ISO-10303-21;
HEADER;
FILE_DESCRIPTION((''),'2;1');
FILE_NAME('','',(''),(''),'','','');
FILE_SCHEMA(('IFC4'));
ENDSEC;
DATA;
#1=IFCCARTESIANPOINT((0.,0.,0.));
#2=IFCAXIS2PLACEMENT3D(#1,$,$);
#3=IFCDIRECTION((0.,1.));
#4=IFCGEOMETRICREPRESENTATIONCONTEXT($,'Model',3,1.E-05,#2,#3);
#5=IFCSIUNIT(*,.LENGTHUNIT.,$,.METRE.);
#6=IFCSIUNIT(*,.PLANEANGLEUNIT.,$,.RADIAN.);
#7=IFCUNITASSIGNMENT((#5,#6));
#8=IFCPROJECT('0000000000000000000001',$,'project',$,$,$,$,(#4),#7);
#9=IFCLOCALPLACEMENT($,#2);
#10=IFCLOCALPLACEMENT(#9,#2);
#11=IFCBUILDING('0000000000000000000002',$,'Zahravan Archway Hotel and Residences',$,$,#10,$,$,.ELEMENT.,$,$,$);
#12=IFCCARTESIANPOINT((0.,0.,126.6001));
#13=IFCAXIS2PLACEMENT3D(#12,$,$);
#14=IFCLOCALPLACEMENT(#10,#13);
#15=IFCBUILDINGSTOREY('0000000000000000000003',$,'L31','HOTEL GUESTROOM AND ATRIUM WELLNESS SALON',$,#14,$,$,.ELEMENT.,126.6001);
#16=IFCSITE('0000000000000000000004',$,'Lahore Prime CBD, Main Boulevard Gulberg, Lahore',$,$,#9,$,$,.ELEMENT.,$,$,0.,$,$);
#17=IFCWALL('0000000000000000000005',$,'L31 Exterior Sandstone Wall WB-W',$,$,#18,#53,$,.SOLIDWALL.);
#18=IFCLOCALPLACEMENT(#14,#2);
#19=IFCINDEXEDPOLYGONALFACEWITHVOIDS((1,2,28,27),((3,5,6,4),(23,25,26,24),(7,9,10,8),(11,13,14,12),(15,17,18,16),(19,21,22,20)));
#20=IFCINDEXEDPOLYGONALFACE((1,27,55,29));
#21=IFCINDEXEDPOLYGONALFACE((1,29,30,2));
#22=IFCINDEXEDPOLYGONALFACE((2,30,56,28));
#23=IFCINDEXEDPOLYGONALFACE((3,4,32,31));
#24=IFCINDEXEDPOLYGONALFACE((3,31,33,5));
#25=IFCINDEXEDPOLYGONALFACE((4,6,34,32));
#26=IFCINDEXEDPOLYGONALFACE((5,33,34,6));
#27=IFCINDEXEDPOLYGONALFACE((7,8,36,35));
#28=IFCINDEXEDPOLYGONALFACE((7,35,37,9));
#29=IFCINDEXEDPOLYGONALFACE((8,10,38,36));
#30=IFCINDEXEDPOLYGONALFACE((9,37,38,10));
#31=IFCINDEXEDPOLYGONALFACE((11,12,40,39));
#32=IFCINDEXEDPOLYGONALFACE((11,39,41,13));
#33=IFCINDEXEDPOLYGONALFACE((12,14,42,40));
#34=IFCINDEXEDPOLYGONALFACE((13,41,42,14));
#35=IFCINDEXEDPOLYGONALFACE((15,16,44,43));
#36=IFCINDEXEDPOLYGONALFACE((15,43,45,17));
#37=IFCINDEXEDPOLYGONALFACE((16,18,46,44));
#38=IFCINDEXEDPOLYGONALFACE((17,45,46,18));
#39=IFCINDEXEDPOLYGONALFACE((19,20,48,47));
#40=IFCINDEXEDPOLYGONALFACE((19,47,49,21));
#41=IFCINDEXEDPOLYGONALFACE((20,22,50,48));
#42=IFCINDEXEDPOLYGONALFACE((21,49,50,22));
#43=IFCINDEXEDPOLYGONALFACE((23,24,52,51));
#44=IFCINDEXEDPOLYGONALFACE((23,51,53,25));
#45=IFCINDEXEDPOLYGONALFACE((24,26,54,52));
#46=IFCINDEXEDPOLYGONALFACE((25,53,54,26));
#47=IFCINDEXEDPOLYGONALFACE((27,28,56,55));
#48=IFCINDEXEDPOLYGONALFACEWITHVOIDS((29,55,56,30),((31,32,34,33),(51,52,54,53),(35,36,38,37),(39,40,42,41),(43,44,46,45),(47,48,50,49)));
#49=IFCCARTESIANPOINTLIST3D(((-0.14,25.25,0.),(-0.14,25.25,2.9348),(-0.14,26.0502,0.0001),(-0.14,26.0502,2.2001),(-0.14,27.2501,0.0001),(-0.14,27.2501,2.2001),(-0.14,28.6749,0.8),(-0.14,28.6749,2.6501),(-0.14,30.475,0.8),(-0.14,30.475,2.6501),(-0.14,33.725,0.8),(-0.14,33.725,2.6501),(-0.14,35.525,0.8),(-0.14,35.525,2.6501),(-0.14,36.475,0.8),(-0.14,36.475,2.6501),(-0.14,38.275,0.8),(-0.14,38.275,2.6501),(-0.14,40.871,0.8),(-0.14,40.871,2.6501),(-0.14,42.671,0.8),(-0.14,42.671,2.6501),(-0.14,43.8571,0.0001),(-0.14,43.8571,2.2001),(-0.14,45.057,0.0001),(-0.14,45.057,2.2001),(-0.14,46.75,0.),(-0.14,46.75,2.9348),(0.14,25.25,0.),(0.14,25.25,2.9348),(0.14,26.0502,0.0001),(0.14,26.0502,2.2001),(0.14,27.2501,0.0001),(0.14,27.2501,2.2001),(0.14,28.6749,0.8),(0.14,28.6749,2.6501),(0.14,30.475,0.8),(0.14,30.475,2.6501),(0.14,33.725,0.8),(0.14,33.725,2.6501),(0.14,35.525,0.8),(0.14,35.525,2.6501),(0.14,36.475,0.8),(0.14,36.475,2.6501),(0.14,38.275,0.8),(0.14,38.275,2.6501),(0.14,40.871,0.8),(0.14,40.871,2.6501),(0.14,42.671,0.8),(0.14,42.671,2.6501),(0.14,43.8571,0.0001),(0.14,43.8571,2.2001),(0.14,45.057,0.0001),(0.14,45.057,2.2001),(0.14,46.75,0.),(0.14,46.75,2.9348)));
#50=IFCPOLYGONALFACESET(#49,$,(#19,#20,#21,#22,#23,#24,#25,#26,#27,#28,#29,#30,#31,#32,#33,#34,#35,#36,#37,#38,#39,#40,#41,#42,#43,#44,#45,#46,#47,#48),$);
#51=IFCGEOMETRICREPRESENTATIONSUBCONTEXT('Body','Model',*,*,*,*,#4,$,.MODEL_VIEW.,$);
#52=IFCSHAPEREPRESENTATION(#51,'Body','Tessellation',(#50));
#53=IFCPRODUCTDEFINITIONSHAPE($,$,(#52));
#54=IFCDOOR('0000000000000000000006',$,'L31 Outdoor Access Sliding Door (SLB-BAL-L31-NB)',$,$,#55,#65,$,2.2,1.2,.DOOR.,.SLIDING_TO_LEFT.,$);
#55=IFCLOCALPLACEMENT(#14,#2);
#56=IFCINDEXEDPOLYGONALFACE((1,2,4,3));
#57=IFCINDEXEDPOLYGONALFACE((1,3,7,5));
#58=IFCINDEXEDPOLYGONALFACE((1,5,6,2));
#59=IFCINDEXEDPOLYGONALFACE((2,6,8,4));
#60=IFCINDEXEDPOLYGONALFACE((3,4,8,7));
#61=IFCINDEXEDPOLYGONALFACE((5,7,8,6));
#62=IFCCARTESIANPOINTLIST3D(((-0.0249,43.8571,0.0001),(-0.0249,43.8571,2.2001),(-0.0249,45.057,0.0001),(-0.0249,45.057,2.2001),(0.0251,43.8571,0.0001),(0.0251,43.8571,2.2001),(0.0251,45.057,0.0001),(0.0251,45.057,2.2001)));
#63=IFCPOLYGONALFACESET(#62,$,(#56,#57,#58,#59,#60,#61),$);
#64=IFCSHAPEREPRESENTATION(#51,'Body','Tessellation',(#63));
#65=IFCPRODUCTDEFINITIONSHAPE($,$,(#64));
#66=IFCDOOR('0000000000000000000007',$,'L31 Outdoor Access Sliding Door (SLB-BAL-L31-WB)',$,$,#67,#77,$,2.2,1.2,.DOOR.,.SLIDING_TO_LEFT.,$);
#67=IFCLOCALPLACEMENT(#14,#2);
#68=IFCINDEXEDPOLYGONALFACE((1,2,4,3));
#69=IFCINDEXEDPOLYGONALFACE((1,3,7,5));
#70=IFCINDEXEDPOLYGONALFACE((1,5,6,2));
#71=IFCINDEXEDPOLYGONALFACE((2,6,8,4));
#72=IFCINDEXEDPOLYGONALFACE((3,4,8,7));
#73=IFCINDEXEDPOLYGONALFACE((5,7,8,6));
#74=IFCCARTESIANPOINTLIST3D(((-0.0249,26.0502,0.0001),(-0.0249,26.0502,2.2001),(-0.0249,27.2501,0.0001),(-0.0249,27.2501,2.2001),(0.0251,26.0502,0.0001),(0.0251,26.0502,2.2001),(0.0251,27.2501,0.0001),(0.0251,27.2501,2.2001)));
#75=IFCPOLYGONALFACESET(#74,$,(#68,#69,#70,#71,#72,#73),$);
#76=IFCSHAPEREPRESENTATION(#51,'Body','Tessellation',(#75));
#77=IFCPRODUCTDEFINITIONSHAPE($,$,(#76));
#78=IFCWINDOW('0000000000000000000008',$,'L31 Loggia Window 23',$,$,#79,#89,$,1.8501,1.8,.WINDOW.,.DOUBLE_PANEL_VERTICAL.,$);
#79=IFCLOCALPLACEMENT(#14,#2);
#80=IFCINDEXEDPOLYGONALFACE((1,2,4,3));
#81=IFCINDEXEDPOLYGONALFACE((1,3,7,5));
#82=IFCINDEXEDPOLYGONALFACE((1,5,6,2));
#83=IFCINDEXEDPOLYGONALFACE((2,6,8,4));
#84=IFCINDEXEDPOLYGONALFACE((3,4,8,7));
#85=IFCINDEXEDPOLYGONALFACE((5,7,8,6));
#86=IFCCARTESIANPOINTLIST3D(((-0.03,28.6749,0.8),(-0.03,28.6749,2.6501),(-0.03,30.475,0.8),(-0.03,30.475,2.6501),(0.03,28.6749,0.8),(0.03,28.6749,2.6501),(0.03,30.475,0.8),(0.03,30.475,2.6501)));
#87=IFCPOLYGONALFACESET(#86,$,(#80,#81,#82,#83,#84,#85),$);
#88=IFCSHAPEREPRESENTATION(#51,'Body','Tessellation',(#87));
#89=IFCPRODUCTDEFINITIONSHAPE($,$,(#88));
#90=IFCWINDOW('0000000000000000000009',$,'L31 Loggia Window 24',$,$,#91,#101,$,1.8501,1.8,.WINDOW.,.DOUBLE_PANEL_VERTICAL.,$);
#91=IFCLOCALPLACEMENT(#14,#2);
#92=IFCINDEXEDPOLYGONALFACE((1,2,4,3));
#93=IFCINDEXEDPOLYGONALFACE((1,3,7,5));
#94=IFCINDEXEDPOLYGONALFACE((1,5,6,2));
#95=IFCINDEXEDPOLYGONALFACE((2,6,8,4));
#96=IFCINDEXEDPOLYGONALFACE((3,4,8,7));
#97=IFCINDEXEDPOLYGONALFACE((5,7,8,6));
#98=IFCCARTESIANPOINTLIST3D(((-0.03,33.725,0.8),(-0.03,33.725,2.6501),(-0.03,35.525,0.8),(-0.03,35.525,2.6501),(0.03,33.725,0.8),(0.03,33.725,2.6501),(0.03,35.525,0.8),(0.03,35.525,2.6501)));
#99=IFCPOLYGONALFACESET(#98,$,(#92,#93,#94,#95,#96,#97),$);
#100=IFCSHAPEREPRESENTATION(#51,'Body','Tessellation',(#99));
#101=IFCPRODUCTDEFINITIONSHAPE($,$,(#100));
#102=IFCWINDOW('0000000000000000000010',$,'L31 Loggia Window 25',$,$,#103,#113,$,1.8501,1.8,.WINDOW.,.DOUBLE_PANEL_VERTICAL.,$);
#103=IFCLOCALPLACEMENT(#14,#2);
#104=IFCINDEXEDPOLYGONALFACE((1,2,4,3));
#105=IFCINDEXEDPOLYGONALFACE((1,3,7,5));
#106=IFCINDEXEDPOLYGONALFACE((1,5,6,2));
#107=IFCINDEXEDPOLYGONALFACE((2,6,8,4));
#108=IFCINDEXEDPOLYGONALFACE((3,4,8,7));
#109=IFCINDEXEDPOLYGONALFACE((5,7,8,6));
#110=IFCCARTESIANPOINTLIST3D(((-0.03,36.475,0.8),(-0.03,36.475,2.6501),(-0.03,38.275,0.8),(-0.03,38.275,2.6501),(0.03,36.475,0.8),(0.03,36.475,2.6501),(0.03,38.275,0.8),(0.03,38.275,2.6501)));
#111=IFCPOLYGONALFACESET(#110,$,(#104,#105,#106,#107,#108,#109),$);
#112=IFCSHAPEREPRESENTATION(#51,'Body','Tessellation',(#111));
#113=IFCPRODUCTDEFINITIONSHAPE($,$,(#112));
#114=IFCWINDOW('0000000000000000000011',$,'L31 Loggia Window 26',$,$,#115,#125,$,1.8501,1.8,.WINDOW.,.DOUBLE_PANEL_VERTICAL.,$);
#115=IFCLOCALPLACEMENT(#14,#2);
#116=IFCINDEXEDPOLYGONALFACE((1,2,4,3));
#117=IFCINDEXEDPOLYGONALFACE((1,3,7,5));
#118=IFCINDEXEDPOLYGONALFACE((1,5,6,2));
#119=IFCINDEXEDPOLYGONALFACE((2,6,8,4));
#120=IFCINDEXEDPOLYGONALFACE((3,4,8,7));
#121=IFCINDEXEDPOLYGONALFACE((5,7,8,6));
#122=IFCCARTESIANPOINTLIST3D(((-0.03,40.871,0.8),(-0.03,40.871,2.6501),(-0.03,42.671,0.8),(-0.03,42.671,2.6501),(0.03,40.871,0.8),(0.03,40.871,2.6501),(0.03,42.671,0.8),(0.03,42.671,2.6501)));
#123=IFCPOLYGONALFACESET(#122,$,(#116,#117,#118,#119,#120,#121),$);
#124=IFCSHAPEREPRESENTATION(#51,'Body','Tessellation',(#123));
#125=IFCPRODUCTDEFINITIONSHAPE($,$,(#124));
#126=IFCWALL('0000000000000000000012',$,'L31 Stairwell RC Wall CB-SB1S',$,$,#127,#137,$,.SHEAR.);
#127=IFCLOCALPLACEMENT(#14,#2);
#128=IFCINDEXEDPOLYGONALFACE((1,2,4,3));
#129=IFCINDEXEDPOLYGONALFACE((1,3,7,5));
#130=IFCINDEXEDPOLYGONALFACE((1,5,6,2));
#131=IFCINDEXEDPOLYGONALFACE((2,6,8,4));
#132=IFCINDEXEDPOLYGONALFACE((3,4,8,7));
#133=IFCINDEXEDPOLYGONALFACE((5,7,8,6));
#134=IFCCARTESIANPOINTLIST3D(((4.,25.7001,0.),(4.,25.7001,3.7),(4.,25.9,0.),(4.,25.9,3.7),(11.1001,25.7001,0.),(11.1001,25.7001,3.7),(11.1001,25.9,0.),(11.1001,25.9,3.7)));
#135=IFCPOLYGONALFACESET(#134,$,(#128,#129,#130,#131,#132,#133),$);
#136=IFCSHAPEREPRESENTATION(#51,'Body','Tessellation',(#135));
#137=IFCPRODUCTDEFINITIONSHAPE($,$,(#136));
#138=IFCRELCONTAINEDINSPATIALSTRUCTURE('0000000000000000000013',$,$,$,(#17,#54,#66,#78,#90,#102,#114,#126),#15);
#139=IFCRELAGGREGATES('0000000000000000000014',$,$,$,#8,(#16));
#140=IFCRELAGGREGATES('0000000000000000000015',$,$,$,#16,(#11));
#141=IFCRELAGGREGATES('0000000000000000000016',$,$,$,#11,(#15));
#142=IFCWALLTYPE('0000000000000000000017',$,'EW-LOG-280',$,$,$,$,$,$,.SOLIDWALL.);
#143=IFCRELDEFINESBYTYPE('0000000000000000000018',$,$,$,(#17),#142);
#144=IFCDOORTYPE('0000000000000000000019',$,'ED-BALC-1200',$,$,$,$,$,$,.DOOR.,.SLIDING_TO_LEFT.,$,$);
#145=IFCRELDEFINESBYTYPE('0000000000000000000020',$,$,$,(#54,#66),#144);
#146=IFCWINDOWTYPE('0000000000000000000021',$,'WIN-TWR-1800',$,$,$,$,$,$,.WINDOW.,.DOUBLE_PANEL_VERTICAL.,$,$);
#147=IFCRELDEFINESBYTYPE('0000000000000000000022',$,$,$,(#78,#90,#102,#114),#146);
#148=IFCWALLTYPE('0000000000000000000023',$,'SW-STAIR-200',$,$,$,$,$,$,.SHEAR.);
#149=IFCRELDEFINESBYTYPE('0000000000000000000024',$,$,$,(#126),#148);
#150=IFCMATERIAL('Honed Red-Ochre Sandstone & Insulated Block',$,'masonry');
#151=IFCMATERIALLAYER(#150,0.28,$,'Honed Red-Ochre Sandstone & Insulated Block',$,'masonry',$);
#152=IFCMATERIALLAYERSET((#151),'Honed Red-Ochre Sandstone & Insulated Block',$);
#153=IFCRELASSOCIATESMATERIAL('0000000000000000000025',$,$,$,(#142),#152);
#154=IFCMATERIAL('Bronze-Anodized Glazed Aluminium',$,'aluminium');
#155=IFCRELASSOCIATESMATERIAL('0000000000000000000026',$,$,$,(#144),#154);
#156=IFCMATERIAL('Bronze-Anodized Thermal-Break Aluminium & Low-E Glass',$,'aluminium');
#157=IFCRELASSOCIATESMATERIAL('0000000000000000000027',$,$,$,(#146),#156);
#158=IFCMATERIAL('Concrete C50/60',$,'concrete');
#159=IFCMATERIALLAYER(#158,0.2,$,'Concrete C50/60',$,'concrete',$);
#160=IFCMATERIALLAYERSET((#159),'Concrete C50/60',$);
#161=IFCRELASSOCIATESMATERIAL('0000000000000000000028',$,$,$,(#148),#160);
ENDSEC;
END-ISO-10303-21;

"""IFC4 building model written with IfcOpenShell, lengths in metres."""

from ifc_helpers import new_model, si_unit, direction, frame, frame_2d, origin, place, context, subcontext, project, spatial, rectangle, extrude, source, transform, mapped, material, layer, layer_set, type_object, type_shapes, element, fill, save


model = new_model("IFC4")

# Units and contexts
model_context = context("Model", 3, precision=1e-05, world=origin(), true_north=direction((0.0, 1.0)))
body_context = subcontext(model_context, "Body", "Model", "MODEL_VIEW")
ifc_project = project(units=[si_unit("LENGTHUNIT", "METRE"), si_unit("PLANEANGLEUNIT", "RADIAN")], contexts=[model_context])

# Site, building, storey
site_placement = place(None, origin())
site = spatial("IfcSite", under=ifc_project, at=site_placement, Name="Lahore Prime CBD, Main Boulevard Gulberg, Lahore", CompositionType="ELEMENT", RefElevation=0.0)
building_placement = place(site_placement, origin())
building = spatial("IfcBuilding", under=site, at=building_placement, Name="Zahravan Archway Hotel and Residences", CompositionType="ELEMENT")
storey_placement = place(building_placement, frame((0.0, 0.0, 126.6001)))
storey = spatial("IfcBuildingStorey", under=building, at=storey_placement, Name="L31", Description="HOTEL GUESTROOM AND ATRIUM WELLNESS SALON", CompositionType="ELEMENT", Elevation=126.6001)

# Shared definitions
ifc_material_1 = material(Name="Honed Red-Ochre Sandstone & Insulated Block", Category="masonry")
ifc_layer_1 = layer(ifc_material_1, 0.28, Name="Honed Red-Ochre Sandstone & Insulated Block", Category="masonry")
ifc_layer_set_1 = layer_set([ifc_layer_1], Name="Honed Red-Ochre Sandstone & Insulated Block")
wall_type_1 = type_object("IfcWallType", Name="EW-LOG-280", PredefinedType="SOLIDWALL", material=ifc_layer_set_1)
ifc_material_2 = material(Name="Bronze-Anodized Thermal-Break Aluminium & Low-E Glass", Category="aluminium")

# Wall, openings, doors, windows
wall_1_placement = place(storey_placement, frame((0.0, 25.25, 0.0), z_axis=(0.0, 0.0, 1.0), x_axis=(0.0, 1.0, 0.0)))
wall_1 = element("IfcWall", 1, at=wall_1_placement, inside=storey, type_object=wall_type_1, Name="L31 Exterior Sandstone Wall WB-W", PredefinedType="SOLIDWALL", context=body_context, shape_type="SweptSolid", body=[
    extrude(rectangle(XDim=21.5, YDim=0.28, at=frame_2d((10.75, 0.0))), origin(), (0.0, 0.0, 1.0), 2.9348),
])
opening_1_placement = place(wall_1_placement, frame((18.6069, 0.0, 0.0)))
opening_1 = element("IfcOpeningElement", 2, at=opening_1_placement, cuts=wall_1, PredefinedType="OPENING", context=body_context, shape_type="SweptSolid", body=[
    extrude(rectangle(XDim=1.2, YDim=2.2, at=frame_2d((0.6001, 1.1001))), frame((0.0, 0.1499, 0.0), z_axis=(0.0, -1.0, 0.0), x_axis=(1.0, 0.0, 0.0)), (0.0, 0.0, 1.0), 0.3),
])
opening_2_placement = place(wall_1_placement, frame((0.8, 0.0, 0.0)))
opening_2 = element("IfcOpeningElement", 3, at=opening_2_placement, cuts=wall_1, PredefinedType="OPENING", context=body_context, shape_type="SweptSolid", body=[
    extrude(rectangle(XDim=1.2, YDim=2.2, at=frame_2d((0.6001, 1.1001))), frame((0.0, 0.1499, 0.0), z_axis=(0.0, -1.0, 0.0), x_axis=(1.0, 0.0, 0.0)), (0.0, 0.0, 1.0), 0.3),
])
opening_3_placement = place(wall_1_placement, frame((3.425, 0.0, 0.8)))
opening_3 = element("IfcOpeningElement", 4, at=opening_3_placement, cuts=wall_1, PredefinedType="OPENING", context=body_context, shape_type="SweptSolid", body=[
    extrude(rectangle(XDim=1.8, YDim=1.8501, at=frame_2d((0.8999, 0.925))), frame((0.0, 0.1499, 0.0), z_axis=(0.0, -1.0, 0.0), x_axis=(1.0, 0.0, 0.0)), (0.0, 0.0, 1.0), 0.3),
])
opening_4_placement = place(wall_1_placement, frame((8.4751, 0.0, 0.8)))
opening_4 = element("IfcOpeningElement", 5, at=opening_4_placement, cuts=wall_1, PredefinedType="OPENING", context=body_context, shape_type="SweptSolid", body=[
    extrude(rectangle(XDim=1.8, YDim=1.8501, at=frame_2d((0.8999, 0.925))), frame((0.0, 0.1499, 0.0), z_axis=(0.0, -1.0, 0.0), x_axis=(1.0, 0.0, 0.0)), (0.0, 0.0, 1.0), 0.3),
])
opening_5_placement = place(wall_1_placement, frame((11.2251, 0.0, 0.8)))
opening_5 = element("IfcOpeningElement", 6, at=opening_5_placement, cuts=wall_1, PredefinedType="OPENING", context=body_context, shape_type="SweptSolid", body=[
    extrude(rectangle(XDim=1.8, YDim=1.8501, at=frame_2d((0.8999, 0.925))), frame((0.0, 0.1499, 0.0), z_axis=(0.0, -1.0, 0.0), x_axis=(1.0, 0.0, 0.0)), (0.0, 0.0, 1.0), 0.3),
])
opening_6_placement = place(wall_1_placement, frame((15.6211, 0.0, 0.8)))
opening_6 = element("IfcOpeningElement", 7, at=opening_6_placement, cuts=wall_1, PredefinedType="OPENING", context=body_context, shape_type="SweptSolid", body=[
    extrude(rectangle(XDim=1.8, YDim=1.8501, at=frame_2d((0.8999, 0.925))), frame((0.0, 0.1499, 0.0), z_axis=(0.0, -1.0, 0.0), x_axis=(1.0, 0.0, 0.0)), (0.0, 0.0, 1.0), 0.3),
])
ifc_material_3 = material(Name="Bronze-Anodized Glazed Aluminium", Category="aluminium")
door_type_1 = type_object("IfcDoorType", Name="ED-BALC-1200", OperationType="SLIDING_TO_LEFT", PredefinedType="DOOR", material=ifc_material_3)
shared_shape_1 = source(origin(), body_context, "Body", "SweptSolid", [
    extrude(rectangle(XDim=1.2, YDim=2.2, at=frame_2d((0.6001, 1.1001))), frame((0.0, 0.0249, 0.0), z_axis=(0.0, -1.0, 0.0), x_axis=(1.0, 0.0, 0.0)), (0.0, 0.0, 1.0), 0.05),
])
type_shapes(door_type_1, [shared_shape_1])
door_1_placement = place(opening_1_placement, origin())
door_1 = element("IfcDoor", 8, at=door_1_placement, inside=storey, type_object=door_type_1, Name="L31 Outdoor Access Sliding Door (SLB-BAL-L31-NB)", OperationType="SLIDING_TO_LEFT", OverallHeight=2.2, OverallWidth=1.2, PredefinedType="DOOR", context=body_context, shape_type="MappedRepresentation", body=[
    mapped(shared_shape_1, transform((0.0, 0.0, 0.0), scale=1.0)),
])
fill(opening_1, door_1)
door_2_placement = place(opening_2_placement, origin())
door_2 = element("IfcDoor", 9, at=door_2_placement, inside=storey, type_object=door_type_1, Name="L31 Outdoor Access Sliding Door (SLB-BAL-L31-WB)", OperationType="SLIDING_TO_LEFT", OverallHeight=2.2, OverallWidth=1.2, PredefinedType="DOOR", context=body_context, shape_type="MappedRepresentation", body=[
    mapped(shared_shape_1, transform((0.0, 0.0, 0.0), scale=1.0)),
])
fill(opening_2, door_2)
window_type_1 = type_object("IfcWindowType", Name="WIN-TWR-1800", PartitioningType="DOUBLE_PANEL_VERTICAL", PredefinedType="WINDOW", material=ifc_material_2)
shared_shape_2 = source(origin(), body_context, "Body", "SweptSolid", [
    extrude(rectangle(XDim=1.8, YDim=1.8501, at=frame_2d((0.8999, 0.925))), frame((0.0, 0.03, 0.0), z_axis=(0.0, -1.0, 0.0), x_axis=(1.0, 0.0, 0.0)), (0.0, 0.0, 1.0), 0.0601),
])
type_shapes(window_type_1, [shared_shape_2])
window_1_placement = place(opening_3_placement, origin())
window_1 = element("IfcWindow", 10, at=window_1_placement, inside=storey, type_object=window_type_1, Name="L31 Loggia Window 23", OverallHeight=1.8501, OverallWidth=1.8, PartitioningType="DOUBLE_PANEL_VERTICAL", PredefinedType="WINDOW", context=body_context, shape_type="MappedRepresentation", body=[
    mapped(shared_shape_2, transform((0.0, 0.0, 0.0), scale=1.0)),
])
fill(opening_3, window_1)
window_2_placement = place(opening_4_placement, origin())
window_2 = element("IfcWindow", 11, at=window_2_placement, inside=storey, type_object=window_type_1, Name="L31 Loggia Window 24", OverallHeight=1.8501, OverallWidth=1.8, PartitioningType="DOUBLE_PANEL_VERTICAL", PredefinedType="WINDOW", context=body_context, shape_type="MappedRepresentation", body=[
    mapped(shared_shape_2, transform((0.0, 0.0, 0.0), scale=1.0)),
])
fill(opening_4, window_2)
window_3_placement = place(opening_5_placement, origin())
window_3 = element("IfcWindow", 12, at=window_3_placement, inside=storey, type_object=window_type_1, Name="L31 Loggia Window 25", OverallHeight=1.8501, OverallWidth=1.8, PartitioningType="DOUBLE_PANEL_VERTICAL", PredefinedType="WINDOW", context=body_context, shape_type="MappedRepresentation", body=[
    mapped(shared_shape_2, transform((0.0, 0.0, 0.0), scale=1.0)),
])
fill(opening_5, window_3)
window_4_placement = place(opening_6_placement, origin())
window_4 = element("IfcWindow", 13, at=window_4_placement, inside=storey, type_object=window_type_1, Name="L31 Loggia Window 26", OverallHeight=1.8501, OverallWidth=1.8, PartitioningType="DOUBLE_PANEL_VERTICAL", PredefinedType="WINDOW", context=body_context, shape_type="MappedRepresentation", body=[
    mapped(shared_shape_2, transform((0.0, 0.0, 0.0), scale=1.0)),
])
fill(opening_6, window_4)

# Wall
ifc_material_4 = material(Name="Concrete C50/60", Category="concrete")
ifc_layer_2 = layer(ifc_material_4, 0.2, Name="Concrete C50/60", Category="concrete")
ifc_layer_set_2 = layer_set([ifc_layer_2], Name="Concrete C50/60")
wall_type_2 = type_object("IfcWallType", Name="SW-STAIR-200", PredefinedType="SHEAR", material=ifc_layer_set_2)
wall_2_placement = place(storey_placement, frame((4.0, 25.8, 0.0), z_axis=(0.0, 0.0, 1.0), x_axis=(1.0, 0.0, 0.0)))
element("IfcWall", 14, at=wall_2_placement, inside=storey, type_object=wall_type_2, Name="L31 Stairwell RC Wall CB-SB1S", PredefinedType="SHEAR", context=body_context, shape_type="SweptSolid", body=[
    extrude(rectangle(XDim=7.1001, YDim=0.2, at=frame_2d((3.55, 0.0))), origin(), (0.0, 0.0, 1.0), 3.7),
])

save(model, "model.ifc")
